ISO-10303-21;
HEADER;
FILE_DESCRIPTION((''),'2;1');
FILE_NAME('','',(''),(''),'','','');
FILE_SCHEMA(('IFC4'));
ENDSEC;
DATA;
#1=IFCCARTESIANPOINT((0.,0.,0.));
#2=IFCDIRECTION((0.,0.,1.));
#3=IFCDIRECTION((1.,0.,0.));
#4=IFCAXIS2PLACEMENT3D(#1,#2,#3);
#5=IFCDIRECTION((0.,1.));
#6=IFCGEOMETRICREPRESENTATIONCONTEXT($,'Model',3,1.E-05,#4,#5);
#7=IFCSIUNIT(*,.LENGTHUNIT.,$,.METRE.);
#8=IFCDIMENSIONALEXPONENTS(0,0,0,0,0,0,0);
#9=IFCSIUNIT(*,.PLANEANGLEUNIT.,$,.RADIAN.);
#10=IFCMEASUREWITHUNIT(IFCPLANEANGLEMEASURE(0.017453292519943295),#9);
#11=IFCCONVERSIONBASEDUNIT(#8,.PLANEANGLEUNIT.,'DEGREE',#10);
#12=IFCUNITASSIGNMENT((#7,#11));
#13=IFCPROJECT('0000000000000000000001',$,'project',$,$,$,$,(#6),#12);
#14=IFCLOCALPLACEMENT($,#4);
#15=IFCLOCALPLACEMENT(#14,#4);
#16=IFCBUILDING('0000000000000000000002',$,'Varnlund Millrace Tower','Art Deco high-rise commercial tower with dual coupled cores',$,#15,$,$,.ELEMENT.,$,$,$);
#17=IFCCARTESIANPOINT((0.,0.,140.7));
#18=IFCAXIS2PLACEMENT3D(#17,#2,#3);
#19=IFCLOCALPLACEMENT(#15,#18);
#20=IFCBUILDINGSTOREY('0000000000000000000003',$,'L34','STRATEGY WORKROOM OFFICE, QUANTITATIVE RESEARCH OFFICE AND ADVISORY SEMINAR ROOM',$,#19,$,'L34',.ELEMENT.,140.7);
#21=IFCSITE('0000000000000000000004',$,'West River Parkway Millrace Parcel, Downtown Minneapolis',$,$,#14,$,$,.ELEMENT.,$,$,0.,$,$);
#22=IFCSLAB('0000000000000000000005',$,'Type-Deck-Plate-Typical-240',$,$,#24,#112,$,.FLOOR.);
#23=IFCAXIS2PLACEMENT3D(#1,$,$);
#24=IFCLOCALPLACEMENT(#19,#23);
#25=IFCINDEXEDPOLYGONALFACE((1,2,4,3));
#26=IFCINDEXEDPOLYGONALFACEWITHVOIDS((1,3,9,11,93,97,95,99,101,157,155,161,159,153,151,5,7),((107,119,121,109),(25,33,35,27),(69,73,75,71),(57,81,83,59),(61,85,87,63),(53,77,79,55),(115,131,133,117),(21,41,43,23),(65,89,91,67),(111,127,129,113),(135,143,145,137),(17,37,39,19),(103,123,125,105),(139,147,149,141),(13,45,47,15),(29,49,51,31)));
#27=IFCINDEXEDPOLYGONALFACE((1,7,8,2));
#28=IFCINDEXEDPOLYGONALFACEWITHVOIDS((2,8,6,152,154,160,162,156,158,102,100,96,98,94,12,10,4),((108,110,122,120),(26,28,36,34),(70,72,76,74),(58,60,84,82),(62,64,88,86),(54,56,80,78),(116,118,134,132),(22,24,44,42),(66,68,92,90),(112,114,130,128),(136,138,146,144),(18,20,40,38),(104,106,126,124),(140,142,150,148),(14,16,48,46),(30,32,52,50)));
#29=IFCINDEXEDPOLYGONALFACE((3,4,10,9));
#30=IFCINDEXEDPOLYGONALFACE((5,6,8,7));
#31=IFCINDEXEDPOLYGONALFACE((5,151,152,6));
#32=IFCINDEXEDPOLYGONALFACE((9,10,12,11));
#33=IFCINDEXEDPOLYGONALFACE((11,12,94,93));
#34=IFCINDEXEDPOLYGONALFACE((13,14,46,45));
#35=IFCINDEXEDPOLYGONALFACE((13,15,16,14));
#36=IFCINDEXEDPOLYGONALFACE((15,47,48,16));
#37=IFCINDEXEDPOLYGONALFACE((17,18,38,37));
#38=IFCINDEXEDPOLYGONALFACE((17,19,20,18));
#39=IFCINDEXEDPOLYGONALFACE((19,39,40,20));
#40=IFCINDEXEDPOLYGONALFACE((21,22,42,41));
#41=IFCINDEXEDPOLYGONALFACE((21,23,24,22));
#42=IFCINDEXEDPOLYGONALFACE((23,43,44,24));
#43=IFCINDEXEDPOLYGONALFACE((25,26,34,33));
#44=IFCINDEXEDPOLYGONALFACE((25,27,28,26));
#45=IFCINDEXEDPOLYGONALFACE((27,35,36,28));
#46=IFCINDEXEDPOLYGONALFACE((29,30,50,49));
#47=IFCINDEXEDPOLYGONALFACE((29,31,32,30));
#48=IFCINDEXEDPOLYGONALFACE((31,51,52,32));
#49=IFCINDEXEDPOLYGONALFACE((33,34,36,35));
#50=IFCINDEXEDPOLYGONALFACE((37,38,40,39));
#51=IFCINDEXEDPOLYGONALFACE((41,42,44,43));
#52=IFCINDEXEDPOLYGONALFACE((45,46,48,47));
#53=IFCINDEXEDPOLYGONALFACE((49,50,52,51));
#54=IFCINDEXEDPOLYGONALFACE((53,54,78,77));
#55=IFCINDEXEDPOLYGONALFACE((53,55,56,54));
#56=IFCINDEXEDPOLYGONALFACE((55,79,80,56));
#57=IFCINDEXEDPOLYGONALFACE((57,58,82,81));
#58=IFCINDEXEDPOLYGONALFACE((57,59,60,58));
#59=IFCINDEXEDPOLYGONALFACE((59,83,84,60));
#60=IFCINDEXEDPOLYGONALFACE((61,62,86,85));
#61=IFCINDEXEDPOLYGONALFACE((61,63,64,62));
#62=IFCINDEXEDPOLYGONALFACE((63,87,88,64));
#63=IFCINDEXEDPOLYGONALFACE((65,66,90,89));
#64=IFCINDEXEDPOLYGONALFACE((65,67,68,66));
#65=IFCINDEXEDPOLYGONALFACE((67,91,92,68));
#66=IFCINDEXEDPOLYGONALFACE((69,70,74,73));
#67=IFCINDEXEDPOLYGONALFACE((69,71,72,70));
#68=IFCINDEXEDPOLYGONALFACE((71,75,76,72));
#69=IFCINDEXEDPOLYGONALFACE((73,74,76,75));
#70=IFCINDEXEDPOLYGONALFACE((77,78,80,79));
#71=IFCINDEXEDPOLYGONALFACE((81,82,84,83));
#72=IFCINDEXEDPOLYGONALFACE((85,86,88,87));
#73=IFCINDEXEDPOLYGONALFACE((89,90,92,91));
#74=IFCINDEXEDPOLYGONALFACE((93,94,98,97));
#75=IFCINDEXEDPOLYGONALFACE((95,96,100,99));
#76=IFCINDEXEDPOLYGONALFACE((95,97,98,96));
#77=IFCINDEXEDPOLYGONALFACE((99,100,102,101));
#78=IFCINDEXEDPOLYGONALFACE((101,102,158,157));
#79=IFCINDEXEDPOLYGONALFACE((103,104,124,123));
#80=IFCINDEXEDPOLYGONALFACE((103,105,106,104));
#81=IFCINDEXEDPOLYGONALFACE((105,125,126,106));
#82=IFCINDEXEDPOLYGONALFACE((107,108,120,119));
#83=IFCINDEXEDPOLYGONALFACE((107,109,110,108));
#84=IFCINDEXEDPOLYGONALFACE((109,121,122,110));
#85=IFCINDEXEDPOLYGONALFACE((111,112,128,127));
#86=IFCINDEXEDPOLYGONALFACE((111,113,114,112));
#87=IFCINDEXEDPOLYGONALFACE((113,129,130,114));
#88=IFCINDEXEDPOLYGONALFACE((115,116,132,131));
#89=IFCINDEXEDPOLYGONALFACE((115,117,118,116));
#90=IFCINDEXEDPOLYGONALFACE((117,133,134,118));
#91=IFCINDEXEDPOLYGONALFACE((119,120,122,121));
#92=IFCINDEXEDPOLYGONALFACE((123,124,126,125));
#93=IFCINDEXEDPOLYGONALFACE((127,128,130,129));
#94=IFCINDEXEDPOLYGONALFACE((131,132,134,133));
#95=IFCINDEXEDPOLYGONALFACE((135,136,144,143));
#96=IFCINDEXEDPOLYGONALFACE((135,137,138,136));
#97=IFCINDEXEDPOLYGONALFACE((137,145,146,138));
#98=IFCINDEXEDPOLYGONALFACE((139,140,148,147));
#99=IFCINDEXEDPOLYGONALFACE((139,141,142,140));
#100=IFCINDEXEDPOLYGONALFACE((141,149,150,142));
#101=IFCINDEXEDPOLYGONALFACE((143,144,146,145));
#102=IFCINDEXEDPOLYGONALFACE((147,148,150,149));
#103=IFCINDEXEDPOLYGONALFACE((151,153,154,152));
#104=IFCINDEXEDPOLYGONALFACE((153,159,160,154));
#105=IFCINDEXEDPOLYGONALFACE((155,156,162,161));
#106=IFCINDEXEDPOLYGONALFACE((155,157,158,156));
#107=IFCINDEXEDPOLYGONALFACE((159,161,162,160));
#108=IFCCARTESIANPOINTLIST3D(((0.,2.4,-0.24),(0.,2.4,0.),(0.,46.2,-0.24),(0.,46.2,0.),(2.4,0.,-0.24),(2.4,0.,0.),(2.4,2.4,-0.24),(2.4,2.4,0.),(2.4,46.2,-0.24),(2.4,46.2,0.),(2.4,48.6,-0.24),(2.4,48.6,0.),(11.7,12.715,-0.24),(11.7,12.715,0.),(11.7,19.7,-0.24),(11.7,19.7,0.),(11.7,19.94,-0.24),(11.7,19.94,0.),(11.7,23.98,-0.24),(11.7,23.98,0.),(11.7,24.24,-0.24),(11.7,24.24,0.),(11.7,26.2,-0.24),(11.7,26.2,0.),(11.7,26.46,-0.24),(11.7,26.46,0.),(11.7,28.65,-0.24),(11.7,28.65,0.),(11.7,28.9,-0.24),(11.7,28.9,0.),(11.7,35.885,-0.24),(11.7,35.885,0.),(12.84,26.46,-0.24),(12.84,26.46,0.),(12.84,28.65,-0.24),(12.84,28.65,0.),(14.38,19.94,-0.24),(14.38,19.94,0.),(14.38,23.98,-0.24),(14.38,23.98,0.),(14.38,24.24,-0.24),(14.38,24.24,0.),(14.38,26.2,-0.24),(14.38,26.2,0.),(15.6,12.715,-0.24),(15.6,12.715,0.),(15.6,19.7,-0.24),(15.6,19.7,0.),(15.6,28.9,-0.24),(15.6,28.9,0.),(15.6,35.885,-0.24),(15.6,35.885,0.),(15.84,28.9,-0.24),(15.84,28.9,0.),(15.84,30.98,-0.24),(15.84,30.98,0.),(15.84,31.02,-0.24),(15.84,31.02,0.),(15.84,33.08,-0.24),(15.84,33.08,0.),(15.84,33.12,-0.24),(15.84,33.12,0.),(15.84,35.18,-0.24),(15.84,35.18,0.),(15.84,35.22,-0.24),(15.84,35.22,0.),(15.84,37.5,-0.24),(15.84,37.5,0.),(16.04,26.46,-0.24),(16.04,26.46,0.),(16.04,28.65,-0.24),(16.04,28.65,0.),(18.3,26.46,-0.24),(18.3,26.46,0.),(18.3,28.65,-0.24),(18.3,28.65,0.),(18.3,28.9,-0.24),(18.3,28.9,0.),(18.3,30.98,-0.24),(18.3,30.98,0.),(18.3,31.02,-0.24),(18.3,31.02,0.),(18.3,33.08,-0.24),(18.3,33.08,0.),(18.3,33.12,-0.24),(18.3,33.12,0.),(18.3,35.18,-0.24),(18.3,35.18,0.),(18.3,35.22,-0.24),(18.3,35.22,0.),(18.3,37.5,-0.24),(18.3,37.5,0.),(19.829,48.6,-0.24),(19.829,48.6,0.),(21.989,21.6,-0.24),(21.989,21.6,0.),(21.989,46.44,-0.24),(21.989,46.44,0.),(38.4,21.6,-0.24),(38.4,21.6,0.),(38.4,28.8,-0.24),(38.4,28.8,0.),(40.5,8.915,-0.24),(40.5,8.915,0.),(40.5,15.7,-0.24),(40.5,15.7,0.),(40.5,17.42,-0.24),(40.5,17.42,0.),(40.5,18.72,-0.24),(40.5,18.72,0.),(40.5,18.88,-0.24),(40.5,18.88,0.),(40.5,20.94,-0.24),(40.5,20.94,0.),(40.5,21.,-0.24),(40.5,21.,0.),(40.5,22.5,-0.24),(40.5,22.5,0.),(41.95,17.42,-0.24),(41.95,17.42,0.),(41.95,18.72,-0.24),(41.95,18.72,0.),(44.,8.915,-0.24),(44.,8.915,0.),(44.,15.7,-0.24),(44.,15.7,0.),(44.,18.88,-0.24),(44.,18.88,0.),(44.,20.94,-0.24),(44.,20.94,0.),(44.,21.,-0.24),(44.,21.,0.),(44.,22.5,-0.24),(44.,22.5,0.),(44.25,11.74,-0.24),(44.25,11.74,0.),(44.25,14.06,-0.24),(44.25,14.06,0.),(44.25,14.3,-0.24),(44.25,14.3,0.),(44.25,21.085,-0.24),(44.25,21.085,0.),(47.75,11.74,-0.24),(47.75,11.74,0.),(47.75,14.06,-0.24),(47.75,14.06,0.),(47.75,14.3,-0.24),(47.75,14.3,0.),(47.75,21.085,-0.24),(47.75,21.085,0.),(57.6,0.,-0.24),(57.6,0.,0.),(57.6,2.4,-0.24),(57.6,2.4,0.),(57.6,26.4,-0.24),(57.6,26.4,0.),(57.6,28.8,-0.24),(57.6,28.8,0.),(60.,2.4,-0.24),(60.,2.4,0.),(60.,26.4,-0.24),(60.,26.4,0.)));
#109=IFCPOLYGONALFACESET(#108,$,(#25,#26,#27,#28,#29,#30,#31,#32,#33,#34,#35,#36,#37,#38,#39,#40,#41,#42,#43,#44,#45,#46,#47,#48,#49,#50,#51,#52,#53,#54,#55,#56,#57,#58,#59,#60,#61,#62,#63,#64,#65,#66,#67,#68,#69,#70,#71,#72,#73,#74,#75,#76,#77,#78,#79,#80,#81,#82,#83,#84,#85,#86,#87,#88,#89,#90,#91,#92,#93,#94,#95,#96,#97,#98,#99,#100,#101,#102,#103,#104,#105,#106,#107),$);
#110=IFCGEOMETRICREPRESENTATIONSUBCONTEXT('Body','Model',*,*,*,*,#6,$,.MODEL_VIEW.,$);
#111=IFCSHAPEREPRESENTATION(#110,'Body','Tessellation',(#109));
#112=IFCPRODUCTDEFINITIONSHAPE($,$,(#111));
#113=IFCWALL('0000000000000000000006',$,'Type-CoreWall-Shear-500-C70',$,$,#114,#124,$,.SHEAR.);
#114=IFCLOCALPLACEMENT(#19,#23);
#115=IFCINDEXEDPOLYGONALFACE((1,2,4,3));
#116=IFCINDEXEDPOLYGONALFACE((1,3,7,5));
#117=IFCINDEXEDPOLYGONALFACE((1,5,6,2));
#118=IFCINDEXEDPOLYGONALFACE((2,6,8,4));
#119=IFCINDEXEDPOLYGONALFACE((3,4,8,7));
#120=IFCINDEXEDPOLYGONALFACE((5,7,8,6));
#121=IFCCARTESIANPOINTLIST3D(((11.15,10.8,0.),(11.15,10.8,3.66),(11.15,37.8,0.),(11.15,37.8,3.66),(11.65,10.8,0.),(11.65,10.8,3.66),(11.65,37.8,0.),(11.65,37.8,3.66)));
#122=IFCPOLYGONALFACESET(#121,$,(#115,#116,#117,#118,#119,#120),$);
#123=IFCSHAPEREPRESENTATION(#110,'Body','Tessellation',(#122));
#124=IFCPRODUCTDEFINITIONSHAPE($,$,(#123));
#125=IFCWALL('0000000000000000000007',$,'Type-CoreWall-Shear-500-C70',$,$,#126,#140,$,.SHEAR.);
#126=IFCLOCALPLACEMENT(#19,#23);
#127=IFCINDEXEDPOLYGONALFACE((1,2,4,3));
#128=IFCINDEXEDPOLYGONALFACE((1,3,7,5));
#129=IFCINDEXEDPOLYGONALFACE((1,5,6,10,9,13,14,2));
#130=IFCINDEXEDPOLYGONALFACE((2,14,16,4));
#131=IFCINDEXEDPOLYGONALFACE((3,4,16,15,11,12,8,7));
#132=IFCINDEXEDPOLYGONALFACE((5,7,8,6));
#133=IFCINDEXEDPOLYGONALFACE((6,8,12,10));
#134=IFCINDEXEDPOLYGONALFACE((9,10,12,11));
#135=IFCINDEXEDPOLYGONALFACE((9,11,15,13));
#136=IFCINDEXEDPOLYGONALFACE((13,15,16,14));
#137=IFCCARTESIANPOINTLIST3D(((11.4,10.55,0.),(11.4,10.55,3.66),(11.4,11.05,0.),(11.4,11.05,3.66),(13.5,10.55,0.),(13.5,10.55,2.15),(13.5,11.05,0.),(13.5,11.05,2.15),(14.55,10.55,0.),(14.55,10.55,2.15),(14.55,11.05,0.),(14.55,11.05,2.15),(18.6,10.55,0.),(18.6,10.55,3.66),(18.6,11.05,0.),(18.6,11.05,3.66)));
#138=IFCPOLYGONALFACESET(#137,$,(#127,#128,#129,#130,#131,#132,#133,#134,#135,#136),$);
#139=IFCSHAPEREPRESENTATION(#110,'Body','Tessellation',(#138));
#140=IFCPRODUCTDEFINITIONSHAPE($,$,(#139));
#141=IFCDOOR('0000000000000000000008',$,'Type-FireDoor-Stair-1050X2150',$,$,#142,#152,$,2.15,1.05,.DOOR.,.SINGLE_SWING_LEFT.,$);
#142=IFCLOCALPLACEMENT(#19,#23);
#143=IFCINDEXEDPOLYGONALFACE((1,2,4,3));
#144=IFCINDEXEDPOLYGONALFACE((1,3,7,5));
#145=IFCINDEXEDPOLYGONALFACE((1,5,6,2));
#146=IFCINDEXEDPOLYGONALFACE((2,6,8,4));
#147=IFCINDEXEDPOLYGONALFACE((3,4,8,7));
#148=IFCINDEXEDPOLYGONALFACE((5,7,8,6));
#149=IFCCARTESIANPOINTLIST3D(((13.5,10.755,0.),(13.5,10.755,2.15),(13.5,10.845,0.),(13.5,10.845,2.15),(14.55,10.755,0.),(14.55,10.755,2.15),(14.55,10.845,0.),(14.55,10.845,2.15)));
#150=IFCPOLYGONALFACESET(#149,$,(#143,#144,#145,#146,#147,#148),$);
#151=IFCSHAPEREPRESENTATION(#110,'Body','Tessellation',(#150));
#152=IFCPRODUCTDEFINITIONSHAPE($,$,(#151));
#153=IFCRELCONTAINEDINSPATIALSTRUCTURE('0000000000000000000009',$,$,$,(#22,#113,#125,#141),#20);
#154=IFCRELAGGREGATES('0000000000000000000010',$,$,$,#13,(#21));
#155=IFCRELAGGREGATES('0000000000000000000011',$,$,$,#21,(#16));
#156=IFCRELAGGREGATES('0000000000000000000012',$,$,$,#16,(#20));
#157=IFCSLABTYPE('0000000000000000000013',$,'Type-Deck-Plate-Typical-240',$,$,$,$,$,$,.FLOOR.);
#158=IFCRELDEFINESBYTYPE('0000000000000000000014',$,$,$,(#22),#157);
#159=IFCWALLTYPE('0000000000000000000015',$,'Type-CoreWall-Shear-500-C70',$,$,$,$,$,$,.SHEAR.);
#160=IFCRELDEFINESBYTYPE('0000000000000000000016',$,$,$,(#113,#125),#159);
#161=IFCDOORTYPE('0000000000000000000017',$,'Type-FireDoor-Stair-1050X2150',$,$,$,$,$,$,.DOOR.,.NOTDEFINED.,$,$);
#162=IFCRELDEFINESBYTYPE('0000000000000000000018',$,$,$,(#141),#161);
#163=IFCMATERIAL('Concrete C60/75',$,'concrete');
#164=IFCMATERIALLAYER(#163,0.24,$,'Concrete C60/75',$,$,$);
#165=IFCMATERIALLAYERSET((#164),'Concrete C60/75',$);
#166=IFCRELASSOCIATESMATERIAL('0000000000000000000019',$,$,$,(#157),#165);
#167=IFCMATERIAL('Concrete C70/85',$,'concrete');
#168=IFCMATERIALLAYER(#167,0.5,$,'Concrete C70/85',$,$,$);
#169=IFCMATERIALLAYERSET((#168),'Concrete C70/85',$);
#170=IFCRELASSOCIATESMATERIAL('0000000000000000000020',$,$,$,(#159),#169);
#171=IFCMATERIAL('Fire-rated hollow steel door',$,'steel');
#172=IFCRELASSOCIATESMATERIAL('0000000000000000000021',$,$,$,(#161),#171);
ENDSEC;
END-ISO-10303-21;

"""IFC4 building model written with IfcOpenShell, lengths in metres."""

from ifc_helpers import new_model, entity, si_unit, converted_unit, direction, frame, origin_with_axes, origin_2d_with_axis, place, context, subcontext, project, spatial, polyline, rectangle, outline, extrude, material, layer, layer_set, type_object, element, fill, save


model = new_model("IFC4")

# Units and contexts
model_context = context("Model", 3, precision=1e-05, world=origin_with_axes(), true_north=direction((0.0, 1.0)))
body_context = subcontext(model_context, "Body", "Model", "MODEL_VIEW")
ifc_project = project(units=[si_unit("LENGTHUNIT", "METRE"), converted_unit("PLANEANGLEUNIT", "DEGREE", entity("IfcPlaneAngleMeasure", 0.017453292519943295), si_unit("PLANEANGLEUNIT", "RADIAN"), dimensions=[0, 0, 0, 0, 0, 0, 0])], contexts=[model_context])

# Site, building, storey
site_placement = place(None, origin_with_axes())
site = spatial("IfcSite", under=ifc_project, at=site_placement, Name="West River Parkway Millrace Parcel, Downtown Minneapolis", CompositionType="ELEMENT", RefElevation=0.0)
building_placement = place(site_placement, origin_with_axes())
building = spatial("IfcBuilding", under=site, at=building_placement, Name="Varnlund Millrace Tower", Description="Art Deco high-rise commercial tower with dual coupled cores", CompositionType="ELEMENT")
storey_placement = place(building_placement, frame((0.0, 0.0, 140.7), z_axis=(0.0, 0.0, 1.0), x_axis=(1.0, 0.0, 0.0)))
storey = spatial("IfcBuildingStorey", under=building, at=storey_placement, Name="L34", Description="STRATEGY WORKROOM OFFICE, QUANTITATIVE RESEARCH OFFICE AND ADVISORY SEMINAR ROOM", LongName="L34", CompositionType="ELEMENT", Elevation=140.7)

# Slab
ifc_material_1 = material(Name="Concrete C60/75", Category="concrete")
ifc_layer_1 = layer(ifc_material_1, 0.24, Name="Concrete C60/75")
ifc_layer_set_1 = layer_set([ifc_layer_1], Name="Concrete C60/75")
slab_type = type_object("IfcSlabType", Name="Type-Deck-Plate-Typical-240", PredefinedType="FLOOR", material=ifc_layer_set_1)
slab_placement = place(storey_placement, frame((0.0, 0.0, -0.24), z_axis=(0.0, 0.0, 1.0), x_axis=(1.0, 0.0, 0.0)))
element("IfcSlab", 1, at=slab_placement, inside=storey, type_object=slab_type, Name="Type-Deck-Plate-Typical-240", PredefinedType="FLOOR", context=body_context, shape_type="SweptSolid", body=[
    extrude(outline(polyline([(21.989, 21.6), (21.989, 46.44), (19.829, 48.6), (2.4, 48.6), (2.4, 46.2), (0.0, 46.2), (0.0, 2.4), (2.4, 2.4), (2.4, 0.0), (57.6, 0.0), (57.6, 2.4), (60.0, 2.4), (60.0, 26.4), (57.6, 26.4), (57.6, 28.8), (38.4, 28.8), (38.4, 21.6), (21.989, 21.6)]), holes=[polyline([(15.6, 12.715), (11.7, 12.715), (11.7, 19.7), (15.6, 19.7), (15.6, 12.715)]), polyline([(14.38, 23.98), (14.38, 19.94), (11.7, 19.94), (11.7, 23.98), (14.38, 23.98)]), polyline([(14.38, 24.24), (11.7, 24.24), (11.7, 26.2), (14.38, 26.2), (14.38, 24.24)]), polyline([(12.84, 26.46), (11.7, 26.46), (11.7, 28.65), (12.84, 28.65), (12.84, 26.46)]), polyline([(18.3, 28.9), (15.84, 28.9), (15.84, 30.98), (18.3, 30.98), (18.3, 28.9)]), polyline([(18.3, 31.02), (15.84, 31.02), (15.84, 33.08), (18.3, 33.08), (18.3, 31.02)]), polyline([(15.6, 28.9), (11.7, 28.9), (11.7, 35.885), (15.6, 35.885), (15.6, 28.9)]), polyline([(18.3, 33.12), (15.84, 33.12), (15.84, 35.18), (18.3, 35.18), (18.3, 33.12)]), polyline([(44.0, 8.915), (40.5, 8.915), (40.5, 15.7), (44.0, 15.7), (44.0, 8.915)]), polyline([(47.75, 11.74), (44.25, 11.74), (44.25, 14.06), (47.75, 14.06), (47.75, 11.74)]), polyline([(47.75, 14.3), (44.25, 14.3), (44.25, 21.085), (47.75, 21.085), (47.75, 14.3)]), polyline([(41.95, 17.42), (40.5, 17.42), (40.5, 18.72), (41.95, 18.72), (41.95, 17.42)]), polyline([(44.0, 18.88), (40.5, 18.88), (40.5, 20.94), (44.0, 20.94), (44.0, 18.88)]), polyline([(44.0, 21.0), (40.5, 21.0), (40.5, 22.5), (44.0, 22.5), (44.0, 21.0)]), polyline([(16.04, 26.46), (16.04, 28.65), (18.3, 28.65), (18.3, 26.46), (16.04, 26.46)]), polyline([(15.84, 35.22), (15.84, 37.5), (18.3, 37.5), (18.3, 35.22), (15.84, 35.22)])]), origin_with_axes(), (0.0, 0.0, 1.0), 0.24),
])

# Wall
ifc_material_2 = material(Name="Concrete C70/85", Category="concrete")
ifc_layer_2 = layer(ifc_material_2, 0.5, Name="Concrete C70/85")
ifc_layer_set_2 = layer_set([ifc_layer_2], Name="Concrete C70/85")
wall_type_1 = type_object("IfcWallType", Name="Type-CoreWall-Shear-500-C70", PredefinedType="SHEAR", material=ifc_layer_set_2)
wall_1_placement = place(storey_placement, frame((11.4, 10.8, 0.0), z_axis=(0.0, 0.0, 1.0), x_axis=(0.0, 1.0, 0.0)))
element("IfcWall", 2, at=wall_1_placement, inside=storey, type_object=wall_type_1, Name="Type-CoreWall-Shear-500-C70", PredefinedType="SHEAR", context=body_context, shape_type="SweptSolid", body=[
    extrude(outline(polyline([(0.0, -0.25), (27.0, -0.25), (27.0, 0.25), (0.0, 0.25), (0.0, -0.25)])), origin_with_axes(), (0.0, 0.0, 1.0), 3.66),
])

# Wall, opening, door
wall_2_placement = place(storey_placement, frame((11.4, 10.8, 0.0), z_axis=(0.0, 0.0, 1.0), x_axis=(1.0, 0.0, 0.0)))
wall_2 = element("IfcWall", 3, at=wall_2_placement, inside=storey, type_object=wall_type_1, Name="Type-CoreWall-Shear-500-C70", PredefinedType="SHEAR", context=body_context, shape_type="SweptSolid", body=[
    extrude(outline(polyline([(0.0, -0.25), (7.2, -0.25), (7.2, 0.25), (0.0, 0.25), (0.0, -0.25)])), origin_with_axes(), (0.0, 0.0, 1.0), 3.66),
])
opening_1_placement = place(wall_2_placement, frame((2.625, 0.0, 0.0), z_axis=(0.0, 0.0, 1.0), x_axis=(1.0, 0.0, 0.0)))
opening_1 = element("IfcOpeningElement", 4, at=opening_1_placement, cuts=wall_2, PredefinedType="OPENING", context=body_context, shape_type="SweptSolid", body=[
    extrude(rectangle(XDim=1.05, YDim=0.52, at=origin_2d_with_axis()), origin_with_axes(), (0.0, 0.0, 1.0), 2.15),
])
ifc_material_3 = material(Name="Fire-rated hollow steel door", Category="steel")
door_type_1 = type_object("IfcDoorType", Name="Type-FireDoor-Stair-1050X2150", OperationType="NOTDEFINED", PredefinedType="DOOR", material=ifc_material_3)
door_1_placement = place(wall_2_placement, frame((2.625, 0.0, 0.0), z_axis=(0.0, 0.0, 1.0), x_axis=(1.0, 0.0, 0.0)))
door_1 = element("IfcDoor", 5, at=door_1_placement, inside=storey, type_object=door_type_1, Name="Type-FireDoor-Stair-1050X2150", OperationType="SINGLE_SWING_LEFT", OverallHeight=2.15, OverallWidth=1.05, PredefinedType="DOOR", context=body_context, shape_type="SweptSolid", body=[
    extrude(rectangle(XDim=1.05, YDim=0.09, at=origin_2d_with_axis()), origin_with_axes(), (0.0, 0.0, 1.0), 2.15),
])
fill(opening_1, door_1)

save(model, "model.ifc")
